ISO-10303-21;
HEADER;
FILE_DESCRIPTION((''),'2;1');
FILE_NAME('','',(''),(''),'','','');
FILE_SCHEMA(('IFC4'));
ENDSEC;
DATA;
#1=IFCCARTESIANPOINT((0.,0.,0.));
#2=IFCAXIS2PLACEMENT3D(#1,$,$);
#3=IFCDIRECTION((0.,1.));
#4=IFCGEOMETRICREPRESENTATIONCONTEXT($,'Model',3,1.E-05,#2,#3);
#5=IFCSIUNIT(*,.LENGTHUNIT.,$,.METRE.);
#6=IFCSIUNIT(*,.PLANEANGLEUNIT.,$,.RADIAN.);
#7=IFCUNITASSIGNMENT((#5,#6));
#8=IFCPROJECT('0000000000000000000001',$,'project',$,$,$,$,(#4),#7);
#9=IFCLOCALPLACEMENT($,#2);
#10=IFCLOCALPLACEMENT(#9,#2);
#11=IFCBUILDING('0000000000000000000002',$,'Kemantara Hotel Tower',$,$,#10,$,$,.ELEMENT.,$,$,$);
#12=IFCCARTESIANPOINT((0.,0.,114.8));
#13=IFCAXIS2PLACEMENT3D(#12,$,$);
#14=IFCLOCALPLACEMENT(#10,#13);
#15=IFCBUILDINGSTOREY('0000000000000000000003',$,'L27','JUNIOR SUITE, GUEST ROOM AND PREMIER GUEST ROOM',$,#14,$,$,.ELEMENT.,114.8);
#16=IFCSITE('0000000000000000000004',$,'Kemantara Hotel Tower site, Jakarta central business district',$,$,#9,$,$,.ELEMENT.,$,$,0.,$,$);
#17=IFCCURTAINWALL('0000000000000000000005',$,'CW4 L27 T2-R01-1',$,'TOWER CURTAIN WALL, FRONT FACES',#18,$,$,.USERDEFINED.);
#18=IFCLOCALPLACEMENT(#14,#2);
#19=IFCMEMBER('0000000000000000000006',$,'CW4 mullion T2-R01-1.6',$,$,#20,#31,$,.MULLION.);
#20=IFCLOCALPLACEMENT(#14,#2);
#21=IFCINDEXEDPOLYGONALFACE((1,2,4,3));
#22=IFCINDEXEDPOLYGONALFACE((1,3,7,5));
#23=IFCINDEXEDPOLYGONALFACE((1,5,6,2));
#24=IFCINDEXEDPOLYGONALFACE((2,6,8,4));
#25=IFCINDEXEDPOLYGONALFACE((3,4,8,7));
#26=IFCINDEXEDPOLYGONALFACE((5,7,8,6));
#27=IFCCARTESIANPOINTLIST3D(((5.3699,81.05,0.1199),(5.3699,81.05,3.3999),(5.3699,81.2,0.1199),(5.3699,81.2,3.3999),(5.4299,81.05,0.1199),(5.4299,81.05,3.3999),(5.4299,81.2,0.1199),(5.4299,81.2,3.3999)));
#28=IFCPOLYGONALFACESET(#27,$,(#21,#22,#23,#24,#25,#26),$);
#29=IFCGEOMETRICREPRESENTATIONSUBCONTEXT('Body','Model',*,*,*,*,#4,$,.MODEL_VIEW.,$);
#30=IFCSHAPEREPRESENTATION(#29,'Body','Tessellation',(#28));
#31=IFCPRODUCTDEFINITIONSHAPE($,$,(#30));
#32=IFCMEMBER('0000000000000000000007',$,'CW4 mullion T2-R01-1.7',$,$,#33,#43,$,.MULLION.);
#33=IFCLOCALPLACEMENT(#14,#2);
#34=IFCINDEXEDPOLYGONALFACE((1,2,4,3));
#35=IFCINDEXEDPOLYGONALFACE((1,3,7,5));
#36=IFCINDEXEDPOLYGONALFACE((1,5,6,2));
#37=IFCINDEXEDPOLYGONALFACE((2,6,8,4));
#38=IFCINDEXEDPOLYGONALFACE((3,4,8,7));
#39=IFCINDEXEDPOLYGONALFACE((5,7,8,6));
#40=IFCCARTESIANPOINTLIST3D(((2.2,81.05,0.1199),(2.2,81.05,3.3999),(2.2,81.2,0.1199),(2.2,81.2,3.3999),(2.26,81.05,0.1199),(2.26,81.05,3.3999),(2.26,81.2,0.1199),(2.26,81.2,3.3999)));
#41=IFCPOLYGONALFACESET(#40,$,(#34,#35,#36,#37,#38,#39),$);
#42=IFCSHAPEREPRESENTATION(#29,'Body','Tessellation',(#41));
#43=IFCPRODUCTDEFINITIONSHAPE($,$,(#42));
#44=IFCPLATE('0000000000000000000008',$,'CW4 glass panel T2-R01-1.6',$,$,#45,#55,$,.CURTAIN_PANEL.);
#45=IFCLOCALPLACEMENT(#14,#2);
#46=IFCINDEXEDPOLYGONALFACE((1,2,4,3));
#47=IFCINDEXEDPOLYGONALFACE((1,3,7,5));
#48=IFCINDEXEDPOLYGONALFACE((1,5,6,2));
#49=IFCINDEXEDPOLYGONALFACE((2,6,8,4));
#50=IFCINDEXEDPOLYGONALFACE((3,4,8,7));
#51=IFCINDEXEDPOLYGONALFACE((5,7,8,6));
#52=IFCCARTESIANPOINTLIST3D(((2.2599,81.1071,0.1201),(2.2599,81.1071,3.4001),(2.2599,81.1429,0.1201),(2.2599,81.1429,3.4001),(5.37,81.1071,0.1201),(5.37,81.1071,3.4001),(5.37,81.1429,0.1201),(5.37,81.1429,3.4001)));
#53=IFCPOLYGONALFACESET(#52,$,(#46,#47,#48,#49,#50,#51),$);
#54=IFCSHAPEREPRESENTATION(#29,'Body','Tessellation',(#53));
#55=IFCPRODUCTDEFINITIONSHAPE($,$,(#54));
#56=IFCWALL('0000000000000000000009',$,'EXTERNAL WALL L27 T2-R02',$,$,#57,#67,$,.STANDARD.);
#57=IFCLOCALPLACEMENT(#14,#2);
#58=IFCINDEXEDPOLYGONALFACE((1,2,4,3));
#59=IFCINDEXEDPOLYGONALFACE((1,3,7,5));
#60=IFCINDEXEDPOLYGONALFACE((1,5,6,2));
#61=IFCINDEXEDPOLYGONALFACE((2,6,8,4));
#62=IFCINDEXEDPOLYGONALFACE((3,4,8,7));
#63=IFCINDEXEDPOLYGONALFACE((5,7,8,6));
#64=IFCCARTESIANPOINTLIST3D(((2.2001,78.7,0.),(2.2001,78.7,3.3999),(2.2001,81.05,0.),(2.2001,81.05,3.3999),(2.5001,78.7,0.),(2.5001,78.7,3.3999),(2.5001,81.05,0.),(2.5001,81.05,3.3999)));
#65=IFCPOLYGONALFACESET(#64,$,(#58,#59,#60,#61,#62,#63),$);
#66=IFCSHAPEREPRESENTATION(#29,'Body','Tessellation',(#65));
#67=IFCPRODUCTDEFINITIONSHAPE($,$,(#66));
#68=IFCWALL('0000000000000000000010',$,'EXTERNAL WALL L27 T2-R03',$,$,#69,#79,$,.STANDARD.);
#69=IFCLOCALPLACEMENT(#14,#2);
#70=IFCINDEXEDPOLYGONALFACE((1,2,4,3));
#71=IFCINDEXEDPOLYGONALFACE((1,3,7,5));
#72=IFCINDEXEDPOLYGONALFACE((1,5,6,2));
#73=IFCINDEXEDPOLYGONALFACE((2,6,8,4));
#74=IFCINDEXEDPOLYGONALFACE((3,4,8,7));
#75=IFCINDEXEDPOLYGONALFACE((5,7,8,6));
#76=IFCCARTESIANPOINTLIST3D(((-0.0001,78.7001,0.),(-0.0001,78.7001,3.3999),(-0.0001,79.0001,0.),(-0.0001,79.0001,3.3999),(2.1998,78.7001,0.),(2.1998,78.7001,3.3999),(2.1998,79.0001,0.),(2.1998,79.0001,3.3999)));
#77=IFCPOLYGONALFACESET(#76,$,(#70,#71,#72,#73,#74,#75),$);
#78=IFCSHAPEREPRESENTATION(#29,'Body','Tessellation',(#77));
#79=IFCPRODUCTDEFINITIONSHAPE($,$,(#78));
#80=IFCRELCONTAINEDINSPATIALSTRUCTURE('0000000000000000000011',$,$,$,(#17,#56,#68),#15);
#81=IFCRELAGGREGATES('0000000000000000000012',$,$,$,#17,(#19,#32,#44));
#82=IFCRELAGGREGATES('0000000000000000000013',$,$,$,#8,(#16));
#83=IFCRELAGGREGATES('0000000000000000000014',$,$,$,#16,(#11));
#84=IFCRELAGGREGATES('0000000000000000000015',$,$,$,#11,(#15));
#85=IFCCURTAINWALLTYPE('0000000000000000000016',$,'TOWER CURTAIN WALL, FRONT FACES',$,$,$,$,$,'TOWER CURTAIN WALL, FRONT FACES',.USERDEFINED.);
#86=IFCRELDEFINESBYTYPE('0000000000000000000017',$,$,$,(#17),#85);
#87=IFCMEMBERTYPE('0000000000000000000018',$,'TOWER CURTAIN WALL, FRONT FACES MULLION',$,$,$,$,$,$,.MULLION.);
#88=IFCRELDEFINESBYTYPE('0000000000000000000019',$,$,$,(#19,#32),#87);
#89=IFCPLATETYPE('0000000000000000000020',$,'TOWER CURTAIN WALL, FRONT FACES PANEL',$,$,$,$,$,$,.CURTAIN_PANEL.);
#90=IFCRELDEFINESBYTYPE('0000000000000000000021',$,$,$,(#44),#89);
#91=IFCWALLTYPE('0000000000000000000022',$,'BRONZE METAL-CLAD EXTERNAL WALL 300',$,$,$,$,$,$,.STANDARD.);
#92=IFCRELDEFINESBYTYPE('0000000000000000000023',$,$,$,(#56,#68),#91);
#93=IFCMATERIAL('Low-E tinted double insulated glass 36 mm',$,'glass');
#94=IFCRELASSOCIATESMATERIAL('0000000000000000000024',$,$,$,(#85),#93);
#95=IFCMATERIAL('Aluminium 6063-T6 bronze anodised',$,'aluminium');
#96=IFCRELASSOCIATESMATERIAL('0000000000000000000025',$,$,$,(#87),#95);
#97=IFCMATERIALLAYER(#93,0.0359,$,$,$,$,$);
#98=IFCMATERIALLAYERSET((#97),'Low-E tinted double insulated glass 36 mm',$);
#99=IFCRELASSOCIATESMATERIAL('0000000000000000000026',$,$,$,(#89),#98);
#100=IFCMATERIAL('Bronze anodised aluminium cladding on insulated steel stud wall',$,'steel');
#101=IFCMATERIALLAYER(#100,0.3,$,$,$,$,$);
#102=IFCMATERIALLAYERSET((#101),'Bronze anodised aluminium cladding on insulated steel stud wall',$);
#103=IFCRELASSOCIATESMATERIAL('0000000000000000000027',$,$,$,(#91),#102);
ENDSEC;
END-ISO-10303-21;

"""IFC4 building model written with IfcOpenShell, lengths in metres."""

from ifc_helpers import new_model, si_unit, direction, frame, frame_2d, origin, origin_2d, place, context, subcontext, project, spatial, rectangle, extrude, source, transform, mapped, material, layer, layer_set, material_profile, profile_set, type_object, element, aggregate, save


model = new_model("IFC4")

# Units and contexts
model_context = context("Model", 3, precision=1e-05, world=origin(), true_north=direction((0.0, 1.0)))
body_context = subcontext(model_context, "Body", "Model", "MODEL_VIEW")
ifc_project = project(units=[si_unit("LENGTHUNIT", "METRE"), si_unit("PLANEANGLEUNIT", "RADIAN")], contexts=[model_context])

# Site, building, storey
site_placement = place(None, origin())
site = spatial("IfcSite", under=ifc_project, at=site_placement, Name="Kemantara Hotel Tower site, Jakarta central business district", CompositionType="ELEMENT", RefElevation=0.0)
building_placement = place(site_placement, origin())
building = spatial("IfcBuilding", under=site, at=building_placement, Name="Kemantara Hotel Tower", CompositionType="ELEMENT")
storey_placement = place(building_placement, frame((0.0, 0.0, 114.8)))
storey = spatial("IfcBuildingStorey", under=building, at=storey_placement, Name="L27", Description="JUNIOR SUITE, GUEST ROOM AND PREMIER GUEST ROOM", CompositionType="ELEMENT", Elevation=114.8)

# Curtain wall, members, plate
ifc_material_1 = material(Name="Low-E tinted double insulated glass 36 mm", Category="glass")
curtain_wall_type = type_object("IfcCurtainWallType", Name="TOWER CURTAIN WALL, FRONT FACES", ElementType="TOWER CURTAIN WALL, FRONT FACES", PredefinedType="USERDEFINED", material=ifc_material_1)
curtain_wall_placement = place(storey_placement, origin())
curtain_wall = element("IfcCurtainWall", 1, at=curtain_wall_placement, inside=storey, type_object=curtain_wall_type, Name="CW4 L27 T2-R01-1", ObjectType="TOWER CURTAIN WALL, FRONT FACES", PredefinedType="USERDEFINED")
ifc_material_2 = material(Name="Aluminium 6063-T6 bronze anodised", Category="aluminium")
ifc_material_profile = material_profile(ifc_material_2, rectangle(XDim=0.1499, YDim=0.0601, at=origin_2d()), Name="TOWER CURTAIN WALL, FRONT FACES MULLION")
ifc_profile_set = profile_set([ifc_material_profile], Name="Aluminium 6063-T6 bronze anodised")
member_type = type_object("IfcMemberType", Name="TOWER CURTAIN WALL, FRONT FACES MULLION", PredefinedType="MULLION", material=ifc_profile_set)
shared_shape_1 = source(origin(), body_context, "Body", "SweptSolid", [
    extrude(rectangle(XDim=0.1499, YDim=0.0601, at=origin_2d()), origin(), (0.0, 0.0, 1.0), 3.28),
])
member_1_placement = place(storey_placement, frame((5.3999, 81.125, 0.1199), z_axis=(0.0, 0.0, 1.0), x_axis=(0.0, -1.0, 0.0)))
member_1 = element("IfcMember", 2, at=member_1_placement, type_object=member_type, Name="CW4 mullion T2-R01-1.6", PredefinedType="MULLION", context=body_context, shape_type="MappedRepresentation", body=[
    mapped(shared_shape_1, transform((0.0, 0.0, 0.0))),
])
member_2_placement = place(storey_placement, frame((2.23, 81.125, 0.1199), z_axis=(0.0, 0.0, 1.0), x_axis=(0.0, -1.0, 0.0)))
member_2 = element("IfcMember", 3, at=member_2_placement, type_object=member_type, Name="CW4 mullion T2-R01-1.7", PredefinedType="MULLION", context=body_context, shape_type="MappedRepresentation", body=[
    mapped(shared_shape_1, transform((0.0, 0.0, 0.0))),
])
ifc_layer_1 = layer(ifc_material_1, 0.0359)
ifc_layer_set_1 = layer_set([ifc_layer_1], Name="Low-E tinted double insulated glass 36 mm")
plate_type = type_object("IfcPlateType", Name="TOWER CURTAIN WALL, FRONT FACES PANEL", PredefinedType="CURTAIN_PANEL", material=ifc_layer_set_1)
shared_shape_2 = source(origin(), body_context, "Body", "SweptSolid", [
    extrude(rectangle(XDim=3.1101, YDim=0.0359, at=origin_2d()), origin(), (0.0, 0.0, 1.0), 3.28),
])
plate_placement = place(storey_placement, frame((3.8149, 81.125, 0.1201), z_axis=(0.0, 0.0, 1.0), x_axis=(-1.0, 0.0, 0.0)))
plate = element("IfcPlate", 4, at=plate_placement, type_object=plate_type, Name="CW4 glass panel T2-R01-1.6", PredefinedType="CURTAIN_PANEL", context=body_context, shape_type="MappedRepresentation", body=[
    mapped(shared_shape_2, transform((0.0, 0.0, 0.0))),
])
aggregate(curtain_wall, [member_1, member_2, plate])

# Walls
ifc_material_3 = material(Name="Bronze anodised aluminium cladding on insulated steel stud wall", Category="steel")
ifc_layer_2 = layer(ifc_material_3, 0.3)
ifc_layer_set_2 = layer_set([ifc_layer_2], Name="Bronze anodised aluminium cladding on insulated steel stud wall")
wall_type = type_object("IfcWallType", Name="BRONZE METAL-CLAD EXTERNAL WALL 300", PredefinedType="STANDARD", material=ifc_layer_set_2)
wall_1_placement = place(storey_placement, frame((2.3501, 81.05, 0.0), z_axis=(0.0, 0.0, 1.0), x_axis=(0.0, -1.0, 0.0)))
element("IfcWall", 5, at=wall_1_placement, inside=storey, type_object=wall_type, Name="EXTERNAL WALL L27 T2-R02", PredefinedType="STANDARD", context=body_context, shape_type="SweptSolid", body=[
    extrude(rectangle(XDim=2.3501, YDim=0.3, at=frame_2d((1.175, 0.0))), origin(), (0.0, 0.0, 1.0), 3.3999),
])
wall_2_placement = place(storey_placement, frame((2.2, 78.8501, 0.0), z_axis=(0.0, 0.0, 1.0), x_axis=(-1.0, 0.0, 0.0)))
element("IfcWall", 6, at=wall_2_placement, inside=storey, type_object=wall_type, Name="EXTERNAL WALL L27 T2-R03", PredefinedType="STANDARD", context=body_context, shape_type="SweptSolid", body=[
    extrude(rectangle(XDim=2.2, YDim=0.3, at=frame_2d((1.1001, 0.0))), origin(), (0.0, 0.0, 1.0), 3.3999),
])

save(model, "model.ifc")
